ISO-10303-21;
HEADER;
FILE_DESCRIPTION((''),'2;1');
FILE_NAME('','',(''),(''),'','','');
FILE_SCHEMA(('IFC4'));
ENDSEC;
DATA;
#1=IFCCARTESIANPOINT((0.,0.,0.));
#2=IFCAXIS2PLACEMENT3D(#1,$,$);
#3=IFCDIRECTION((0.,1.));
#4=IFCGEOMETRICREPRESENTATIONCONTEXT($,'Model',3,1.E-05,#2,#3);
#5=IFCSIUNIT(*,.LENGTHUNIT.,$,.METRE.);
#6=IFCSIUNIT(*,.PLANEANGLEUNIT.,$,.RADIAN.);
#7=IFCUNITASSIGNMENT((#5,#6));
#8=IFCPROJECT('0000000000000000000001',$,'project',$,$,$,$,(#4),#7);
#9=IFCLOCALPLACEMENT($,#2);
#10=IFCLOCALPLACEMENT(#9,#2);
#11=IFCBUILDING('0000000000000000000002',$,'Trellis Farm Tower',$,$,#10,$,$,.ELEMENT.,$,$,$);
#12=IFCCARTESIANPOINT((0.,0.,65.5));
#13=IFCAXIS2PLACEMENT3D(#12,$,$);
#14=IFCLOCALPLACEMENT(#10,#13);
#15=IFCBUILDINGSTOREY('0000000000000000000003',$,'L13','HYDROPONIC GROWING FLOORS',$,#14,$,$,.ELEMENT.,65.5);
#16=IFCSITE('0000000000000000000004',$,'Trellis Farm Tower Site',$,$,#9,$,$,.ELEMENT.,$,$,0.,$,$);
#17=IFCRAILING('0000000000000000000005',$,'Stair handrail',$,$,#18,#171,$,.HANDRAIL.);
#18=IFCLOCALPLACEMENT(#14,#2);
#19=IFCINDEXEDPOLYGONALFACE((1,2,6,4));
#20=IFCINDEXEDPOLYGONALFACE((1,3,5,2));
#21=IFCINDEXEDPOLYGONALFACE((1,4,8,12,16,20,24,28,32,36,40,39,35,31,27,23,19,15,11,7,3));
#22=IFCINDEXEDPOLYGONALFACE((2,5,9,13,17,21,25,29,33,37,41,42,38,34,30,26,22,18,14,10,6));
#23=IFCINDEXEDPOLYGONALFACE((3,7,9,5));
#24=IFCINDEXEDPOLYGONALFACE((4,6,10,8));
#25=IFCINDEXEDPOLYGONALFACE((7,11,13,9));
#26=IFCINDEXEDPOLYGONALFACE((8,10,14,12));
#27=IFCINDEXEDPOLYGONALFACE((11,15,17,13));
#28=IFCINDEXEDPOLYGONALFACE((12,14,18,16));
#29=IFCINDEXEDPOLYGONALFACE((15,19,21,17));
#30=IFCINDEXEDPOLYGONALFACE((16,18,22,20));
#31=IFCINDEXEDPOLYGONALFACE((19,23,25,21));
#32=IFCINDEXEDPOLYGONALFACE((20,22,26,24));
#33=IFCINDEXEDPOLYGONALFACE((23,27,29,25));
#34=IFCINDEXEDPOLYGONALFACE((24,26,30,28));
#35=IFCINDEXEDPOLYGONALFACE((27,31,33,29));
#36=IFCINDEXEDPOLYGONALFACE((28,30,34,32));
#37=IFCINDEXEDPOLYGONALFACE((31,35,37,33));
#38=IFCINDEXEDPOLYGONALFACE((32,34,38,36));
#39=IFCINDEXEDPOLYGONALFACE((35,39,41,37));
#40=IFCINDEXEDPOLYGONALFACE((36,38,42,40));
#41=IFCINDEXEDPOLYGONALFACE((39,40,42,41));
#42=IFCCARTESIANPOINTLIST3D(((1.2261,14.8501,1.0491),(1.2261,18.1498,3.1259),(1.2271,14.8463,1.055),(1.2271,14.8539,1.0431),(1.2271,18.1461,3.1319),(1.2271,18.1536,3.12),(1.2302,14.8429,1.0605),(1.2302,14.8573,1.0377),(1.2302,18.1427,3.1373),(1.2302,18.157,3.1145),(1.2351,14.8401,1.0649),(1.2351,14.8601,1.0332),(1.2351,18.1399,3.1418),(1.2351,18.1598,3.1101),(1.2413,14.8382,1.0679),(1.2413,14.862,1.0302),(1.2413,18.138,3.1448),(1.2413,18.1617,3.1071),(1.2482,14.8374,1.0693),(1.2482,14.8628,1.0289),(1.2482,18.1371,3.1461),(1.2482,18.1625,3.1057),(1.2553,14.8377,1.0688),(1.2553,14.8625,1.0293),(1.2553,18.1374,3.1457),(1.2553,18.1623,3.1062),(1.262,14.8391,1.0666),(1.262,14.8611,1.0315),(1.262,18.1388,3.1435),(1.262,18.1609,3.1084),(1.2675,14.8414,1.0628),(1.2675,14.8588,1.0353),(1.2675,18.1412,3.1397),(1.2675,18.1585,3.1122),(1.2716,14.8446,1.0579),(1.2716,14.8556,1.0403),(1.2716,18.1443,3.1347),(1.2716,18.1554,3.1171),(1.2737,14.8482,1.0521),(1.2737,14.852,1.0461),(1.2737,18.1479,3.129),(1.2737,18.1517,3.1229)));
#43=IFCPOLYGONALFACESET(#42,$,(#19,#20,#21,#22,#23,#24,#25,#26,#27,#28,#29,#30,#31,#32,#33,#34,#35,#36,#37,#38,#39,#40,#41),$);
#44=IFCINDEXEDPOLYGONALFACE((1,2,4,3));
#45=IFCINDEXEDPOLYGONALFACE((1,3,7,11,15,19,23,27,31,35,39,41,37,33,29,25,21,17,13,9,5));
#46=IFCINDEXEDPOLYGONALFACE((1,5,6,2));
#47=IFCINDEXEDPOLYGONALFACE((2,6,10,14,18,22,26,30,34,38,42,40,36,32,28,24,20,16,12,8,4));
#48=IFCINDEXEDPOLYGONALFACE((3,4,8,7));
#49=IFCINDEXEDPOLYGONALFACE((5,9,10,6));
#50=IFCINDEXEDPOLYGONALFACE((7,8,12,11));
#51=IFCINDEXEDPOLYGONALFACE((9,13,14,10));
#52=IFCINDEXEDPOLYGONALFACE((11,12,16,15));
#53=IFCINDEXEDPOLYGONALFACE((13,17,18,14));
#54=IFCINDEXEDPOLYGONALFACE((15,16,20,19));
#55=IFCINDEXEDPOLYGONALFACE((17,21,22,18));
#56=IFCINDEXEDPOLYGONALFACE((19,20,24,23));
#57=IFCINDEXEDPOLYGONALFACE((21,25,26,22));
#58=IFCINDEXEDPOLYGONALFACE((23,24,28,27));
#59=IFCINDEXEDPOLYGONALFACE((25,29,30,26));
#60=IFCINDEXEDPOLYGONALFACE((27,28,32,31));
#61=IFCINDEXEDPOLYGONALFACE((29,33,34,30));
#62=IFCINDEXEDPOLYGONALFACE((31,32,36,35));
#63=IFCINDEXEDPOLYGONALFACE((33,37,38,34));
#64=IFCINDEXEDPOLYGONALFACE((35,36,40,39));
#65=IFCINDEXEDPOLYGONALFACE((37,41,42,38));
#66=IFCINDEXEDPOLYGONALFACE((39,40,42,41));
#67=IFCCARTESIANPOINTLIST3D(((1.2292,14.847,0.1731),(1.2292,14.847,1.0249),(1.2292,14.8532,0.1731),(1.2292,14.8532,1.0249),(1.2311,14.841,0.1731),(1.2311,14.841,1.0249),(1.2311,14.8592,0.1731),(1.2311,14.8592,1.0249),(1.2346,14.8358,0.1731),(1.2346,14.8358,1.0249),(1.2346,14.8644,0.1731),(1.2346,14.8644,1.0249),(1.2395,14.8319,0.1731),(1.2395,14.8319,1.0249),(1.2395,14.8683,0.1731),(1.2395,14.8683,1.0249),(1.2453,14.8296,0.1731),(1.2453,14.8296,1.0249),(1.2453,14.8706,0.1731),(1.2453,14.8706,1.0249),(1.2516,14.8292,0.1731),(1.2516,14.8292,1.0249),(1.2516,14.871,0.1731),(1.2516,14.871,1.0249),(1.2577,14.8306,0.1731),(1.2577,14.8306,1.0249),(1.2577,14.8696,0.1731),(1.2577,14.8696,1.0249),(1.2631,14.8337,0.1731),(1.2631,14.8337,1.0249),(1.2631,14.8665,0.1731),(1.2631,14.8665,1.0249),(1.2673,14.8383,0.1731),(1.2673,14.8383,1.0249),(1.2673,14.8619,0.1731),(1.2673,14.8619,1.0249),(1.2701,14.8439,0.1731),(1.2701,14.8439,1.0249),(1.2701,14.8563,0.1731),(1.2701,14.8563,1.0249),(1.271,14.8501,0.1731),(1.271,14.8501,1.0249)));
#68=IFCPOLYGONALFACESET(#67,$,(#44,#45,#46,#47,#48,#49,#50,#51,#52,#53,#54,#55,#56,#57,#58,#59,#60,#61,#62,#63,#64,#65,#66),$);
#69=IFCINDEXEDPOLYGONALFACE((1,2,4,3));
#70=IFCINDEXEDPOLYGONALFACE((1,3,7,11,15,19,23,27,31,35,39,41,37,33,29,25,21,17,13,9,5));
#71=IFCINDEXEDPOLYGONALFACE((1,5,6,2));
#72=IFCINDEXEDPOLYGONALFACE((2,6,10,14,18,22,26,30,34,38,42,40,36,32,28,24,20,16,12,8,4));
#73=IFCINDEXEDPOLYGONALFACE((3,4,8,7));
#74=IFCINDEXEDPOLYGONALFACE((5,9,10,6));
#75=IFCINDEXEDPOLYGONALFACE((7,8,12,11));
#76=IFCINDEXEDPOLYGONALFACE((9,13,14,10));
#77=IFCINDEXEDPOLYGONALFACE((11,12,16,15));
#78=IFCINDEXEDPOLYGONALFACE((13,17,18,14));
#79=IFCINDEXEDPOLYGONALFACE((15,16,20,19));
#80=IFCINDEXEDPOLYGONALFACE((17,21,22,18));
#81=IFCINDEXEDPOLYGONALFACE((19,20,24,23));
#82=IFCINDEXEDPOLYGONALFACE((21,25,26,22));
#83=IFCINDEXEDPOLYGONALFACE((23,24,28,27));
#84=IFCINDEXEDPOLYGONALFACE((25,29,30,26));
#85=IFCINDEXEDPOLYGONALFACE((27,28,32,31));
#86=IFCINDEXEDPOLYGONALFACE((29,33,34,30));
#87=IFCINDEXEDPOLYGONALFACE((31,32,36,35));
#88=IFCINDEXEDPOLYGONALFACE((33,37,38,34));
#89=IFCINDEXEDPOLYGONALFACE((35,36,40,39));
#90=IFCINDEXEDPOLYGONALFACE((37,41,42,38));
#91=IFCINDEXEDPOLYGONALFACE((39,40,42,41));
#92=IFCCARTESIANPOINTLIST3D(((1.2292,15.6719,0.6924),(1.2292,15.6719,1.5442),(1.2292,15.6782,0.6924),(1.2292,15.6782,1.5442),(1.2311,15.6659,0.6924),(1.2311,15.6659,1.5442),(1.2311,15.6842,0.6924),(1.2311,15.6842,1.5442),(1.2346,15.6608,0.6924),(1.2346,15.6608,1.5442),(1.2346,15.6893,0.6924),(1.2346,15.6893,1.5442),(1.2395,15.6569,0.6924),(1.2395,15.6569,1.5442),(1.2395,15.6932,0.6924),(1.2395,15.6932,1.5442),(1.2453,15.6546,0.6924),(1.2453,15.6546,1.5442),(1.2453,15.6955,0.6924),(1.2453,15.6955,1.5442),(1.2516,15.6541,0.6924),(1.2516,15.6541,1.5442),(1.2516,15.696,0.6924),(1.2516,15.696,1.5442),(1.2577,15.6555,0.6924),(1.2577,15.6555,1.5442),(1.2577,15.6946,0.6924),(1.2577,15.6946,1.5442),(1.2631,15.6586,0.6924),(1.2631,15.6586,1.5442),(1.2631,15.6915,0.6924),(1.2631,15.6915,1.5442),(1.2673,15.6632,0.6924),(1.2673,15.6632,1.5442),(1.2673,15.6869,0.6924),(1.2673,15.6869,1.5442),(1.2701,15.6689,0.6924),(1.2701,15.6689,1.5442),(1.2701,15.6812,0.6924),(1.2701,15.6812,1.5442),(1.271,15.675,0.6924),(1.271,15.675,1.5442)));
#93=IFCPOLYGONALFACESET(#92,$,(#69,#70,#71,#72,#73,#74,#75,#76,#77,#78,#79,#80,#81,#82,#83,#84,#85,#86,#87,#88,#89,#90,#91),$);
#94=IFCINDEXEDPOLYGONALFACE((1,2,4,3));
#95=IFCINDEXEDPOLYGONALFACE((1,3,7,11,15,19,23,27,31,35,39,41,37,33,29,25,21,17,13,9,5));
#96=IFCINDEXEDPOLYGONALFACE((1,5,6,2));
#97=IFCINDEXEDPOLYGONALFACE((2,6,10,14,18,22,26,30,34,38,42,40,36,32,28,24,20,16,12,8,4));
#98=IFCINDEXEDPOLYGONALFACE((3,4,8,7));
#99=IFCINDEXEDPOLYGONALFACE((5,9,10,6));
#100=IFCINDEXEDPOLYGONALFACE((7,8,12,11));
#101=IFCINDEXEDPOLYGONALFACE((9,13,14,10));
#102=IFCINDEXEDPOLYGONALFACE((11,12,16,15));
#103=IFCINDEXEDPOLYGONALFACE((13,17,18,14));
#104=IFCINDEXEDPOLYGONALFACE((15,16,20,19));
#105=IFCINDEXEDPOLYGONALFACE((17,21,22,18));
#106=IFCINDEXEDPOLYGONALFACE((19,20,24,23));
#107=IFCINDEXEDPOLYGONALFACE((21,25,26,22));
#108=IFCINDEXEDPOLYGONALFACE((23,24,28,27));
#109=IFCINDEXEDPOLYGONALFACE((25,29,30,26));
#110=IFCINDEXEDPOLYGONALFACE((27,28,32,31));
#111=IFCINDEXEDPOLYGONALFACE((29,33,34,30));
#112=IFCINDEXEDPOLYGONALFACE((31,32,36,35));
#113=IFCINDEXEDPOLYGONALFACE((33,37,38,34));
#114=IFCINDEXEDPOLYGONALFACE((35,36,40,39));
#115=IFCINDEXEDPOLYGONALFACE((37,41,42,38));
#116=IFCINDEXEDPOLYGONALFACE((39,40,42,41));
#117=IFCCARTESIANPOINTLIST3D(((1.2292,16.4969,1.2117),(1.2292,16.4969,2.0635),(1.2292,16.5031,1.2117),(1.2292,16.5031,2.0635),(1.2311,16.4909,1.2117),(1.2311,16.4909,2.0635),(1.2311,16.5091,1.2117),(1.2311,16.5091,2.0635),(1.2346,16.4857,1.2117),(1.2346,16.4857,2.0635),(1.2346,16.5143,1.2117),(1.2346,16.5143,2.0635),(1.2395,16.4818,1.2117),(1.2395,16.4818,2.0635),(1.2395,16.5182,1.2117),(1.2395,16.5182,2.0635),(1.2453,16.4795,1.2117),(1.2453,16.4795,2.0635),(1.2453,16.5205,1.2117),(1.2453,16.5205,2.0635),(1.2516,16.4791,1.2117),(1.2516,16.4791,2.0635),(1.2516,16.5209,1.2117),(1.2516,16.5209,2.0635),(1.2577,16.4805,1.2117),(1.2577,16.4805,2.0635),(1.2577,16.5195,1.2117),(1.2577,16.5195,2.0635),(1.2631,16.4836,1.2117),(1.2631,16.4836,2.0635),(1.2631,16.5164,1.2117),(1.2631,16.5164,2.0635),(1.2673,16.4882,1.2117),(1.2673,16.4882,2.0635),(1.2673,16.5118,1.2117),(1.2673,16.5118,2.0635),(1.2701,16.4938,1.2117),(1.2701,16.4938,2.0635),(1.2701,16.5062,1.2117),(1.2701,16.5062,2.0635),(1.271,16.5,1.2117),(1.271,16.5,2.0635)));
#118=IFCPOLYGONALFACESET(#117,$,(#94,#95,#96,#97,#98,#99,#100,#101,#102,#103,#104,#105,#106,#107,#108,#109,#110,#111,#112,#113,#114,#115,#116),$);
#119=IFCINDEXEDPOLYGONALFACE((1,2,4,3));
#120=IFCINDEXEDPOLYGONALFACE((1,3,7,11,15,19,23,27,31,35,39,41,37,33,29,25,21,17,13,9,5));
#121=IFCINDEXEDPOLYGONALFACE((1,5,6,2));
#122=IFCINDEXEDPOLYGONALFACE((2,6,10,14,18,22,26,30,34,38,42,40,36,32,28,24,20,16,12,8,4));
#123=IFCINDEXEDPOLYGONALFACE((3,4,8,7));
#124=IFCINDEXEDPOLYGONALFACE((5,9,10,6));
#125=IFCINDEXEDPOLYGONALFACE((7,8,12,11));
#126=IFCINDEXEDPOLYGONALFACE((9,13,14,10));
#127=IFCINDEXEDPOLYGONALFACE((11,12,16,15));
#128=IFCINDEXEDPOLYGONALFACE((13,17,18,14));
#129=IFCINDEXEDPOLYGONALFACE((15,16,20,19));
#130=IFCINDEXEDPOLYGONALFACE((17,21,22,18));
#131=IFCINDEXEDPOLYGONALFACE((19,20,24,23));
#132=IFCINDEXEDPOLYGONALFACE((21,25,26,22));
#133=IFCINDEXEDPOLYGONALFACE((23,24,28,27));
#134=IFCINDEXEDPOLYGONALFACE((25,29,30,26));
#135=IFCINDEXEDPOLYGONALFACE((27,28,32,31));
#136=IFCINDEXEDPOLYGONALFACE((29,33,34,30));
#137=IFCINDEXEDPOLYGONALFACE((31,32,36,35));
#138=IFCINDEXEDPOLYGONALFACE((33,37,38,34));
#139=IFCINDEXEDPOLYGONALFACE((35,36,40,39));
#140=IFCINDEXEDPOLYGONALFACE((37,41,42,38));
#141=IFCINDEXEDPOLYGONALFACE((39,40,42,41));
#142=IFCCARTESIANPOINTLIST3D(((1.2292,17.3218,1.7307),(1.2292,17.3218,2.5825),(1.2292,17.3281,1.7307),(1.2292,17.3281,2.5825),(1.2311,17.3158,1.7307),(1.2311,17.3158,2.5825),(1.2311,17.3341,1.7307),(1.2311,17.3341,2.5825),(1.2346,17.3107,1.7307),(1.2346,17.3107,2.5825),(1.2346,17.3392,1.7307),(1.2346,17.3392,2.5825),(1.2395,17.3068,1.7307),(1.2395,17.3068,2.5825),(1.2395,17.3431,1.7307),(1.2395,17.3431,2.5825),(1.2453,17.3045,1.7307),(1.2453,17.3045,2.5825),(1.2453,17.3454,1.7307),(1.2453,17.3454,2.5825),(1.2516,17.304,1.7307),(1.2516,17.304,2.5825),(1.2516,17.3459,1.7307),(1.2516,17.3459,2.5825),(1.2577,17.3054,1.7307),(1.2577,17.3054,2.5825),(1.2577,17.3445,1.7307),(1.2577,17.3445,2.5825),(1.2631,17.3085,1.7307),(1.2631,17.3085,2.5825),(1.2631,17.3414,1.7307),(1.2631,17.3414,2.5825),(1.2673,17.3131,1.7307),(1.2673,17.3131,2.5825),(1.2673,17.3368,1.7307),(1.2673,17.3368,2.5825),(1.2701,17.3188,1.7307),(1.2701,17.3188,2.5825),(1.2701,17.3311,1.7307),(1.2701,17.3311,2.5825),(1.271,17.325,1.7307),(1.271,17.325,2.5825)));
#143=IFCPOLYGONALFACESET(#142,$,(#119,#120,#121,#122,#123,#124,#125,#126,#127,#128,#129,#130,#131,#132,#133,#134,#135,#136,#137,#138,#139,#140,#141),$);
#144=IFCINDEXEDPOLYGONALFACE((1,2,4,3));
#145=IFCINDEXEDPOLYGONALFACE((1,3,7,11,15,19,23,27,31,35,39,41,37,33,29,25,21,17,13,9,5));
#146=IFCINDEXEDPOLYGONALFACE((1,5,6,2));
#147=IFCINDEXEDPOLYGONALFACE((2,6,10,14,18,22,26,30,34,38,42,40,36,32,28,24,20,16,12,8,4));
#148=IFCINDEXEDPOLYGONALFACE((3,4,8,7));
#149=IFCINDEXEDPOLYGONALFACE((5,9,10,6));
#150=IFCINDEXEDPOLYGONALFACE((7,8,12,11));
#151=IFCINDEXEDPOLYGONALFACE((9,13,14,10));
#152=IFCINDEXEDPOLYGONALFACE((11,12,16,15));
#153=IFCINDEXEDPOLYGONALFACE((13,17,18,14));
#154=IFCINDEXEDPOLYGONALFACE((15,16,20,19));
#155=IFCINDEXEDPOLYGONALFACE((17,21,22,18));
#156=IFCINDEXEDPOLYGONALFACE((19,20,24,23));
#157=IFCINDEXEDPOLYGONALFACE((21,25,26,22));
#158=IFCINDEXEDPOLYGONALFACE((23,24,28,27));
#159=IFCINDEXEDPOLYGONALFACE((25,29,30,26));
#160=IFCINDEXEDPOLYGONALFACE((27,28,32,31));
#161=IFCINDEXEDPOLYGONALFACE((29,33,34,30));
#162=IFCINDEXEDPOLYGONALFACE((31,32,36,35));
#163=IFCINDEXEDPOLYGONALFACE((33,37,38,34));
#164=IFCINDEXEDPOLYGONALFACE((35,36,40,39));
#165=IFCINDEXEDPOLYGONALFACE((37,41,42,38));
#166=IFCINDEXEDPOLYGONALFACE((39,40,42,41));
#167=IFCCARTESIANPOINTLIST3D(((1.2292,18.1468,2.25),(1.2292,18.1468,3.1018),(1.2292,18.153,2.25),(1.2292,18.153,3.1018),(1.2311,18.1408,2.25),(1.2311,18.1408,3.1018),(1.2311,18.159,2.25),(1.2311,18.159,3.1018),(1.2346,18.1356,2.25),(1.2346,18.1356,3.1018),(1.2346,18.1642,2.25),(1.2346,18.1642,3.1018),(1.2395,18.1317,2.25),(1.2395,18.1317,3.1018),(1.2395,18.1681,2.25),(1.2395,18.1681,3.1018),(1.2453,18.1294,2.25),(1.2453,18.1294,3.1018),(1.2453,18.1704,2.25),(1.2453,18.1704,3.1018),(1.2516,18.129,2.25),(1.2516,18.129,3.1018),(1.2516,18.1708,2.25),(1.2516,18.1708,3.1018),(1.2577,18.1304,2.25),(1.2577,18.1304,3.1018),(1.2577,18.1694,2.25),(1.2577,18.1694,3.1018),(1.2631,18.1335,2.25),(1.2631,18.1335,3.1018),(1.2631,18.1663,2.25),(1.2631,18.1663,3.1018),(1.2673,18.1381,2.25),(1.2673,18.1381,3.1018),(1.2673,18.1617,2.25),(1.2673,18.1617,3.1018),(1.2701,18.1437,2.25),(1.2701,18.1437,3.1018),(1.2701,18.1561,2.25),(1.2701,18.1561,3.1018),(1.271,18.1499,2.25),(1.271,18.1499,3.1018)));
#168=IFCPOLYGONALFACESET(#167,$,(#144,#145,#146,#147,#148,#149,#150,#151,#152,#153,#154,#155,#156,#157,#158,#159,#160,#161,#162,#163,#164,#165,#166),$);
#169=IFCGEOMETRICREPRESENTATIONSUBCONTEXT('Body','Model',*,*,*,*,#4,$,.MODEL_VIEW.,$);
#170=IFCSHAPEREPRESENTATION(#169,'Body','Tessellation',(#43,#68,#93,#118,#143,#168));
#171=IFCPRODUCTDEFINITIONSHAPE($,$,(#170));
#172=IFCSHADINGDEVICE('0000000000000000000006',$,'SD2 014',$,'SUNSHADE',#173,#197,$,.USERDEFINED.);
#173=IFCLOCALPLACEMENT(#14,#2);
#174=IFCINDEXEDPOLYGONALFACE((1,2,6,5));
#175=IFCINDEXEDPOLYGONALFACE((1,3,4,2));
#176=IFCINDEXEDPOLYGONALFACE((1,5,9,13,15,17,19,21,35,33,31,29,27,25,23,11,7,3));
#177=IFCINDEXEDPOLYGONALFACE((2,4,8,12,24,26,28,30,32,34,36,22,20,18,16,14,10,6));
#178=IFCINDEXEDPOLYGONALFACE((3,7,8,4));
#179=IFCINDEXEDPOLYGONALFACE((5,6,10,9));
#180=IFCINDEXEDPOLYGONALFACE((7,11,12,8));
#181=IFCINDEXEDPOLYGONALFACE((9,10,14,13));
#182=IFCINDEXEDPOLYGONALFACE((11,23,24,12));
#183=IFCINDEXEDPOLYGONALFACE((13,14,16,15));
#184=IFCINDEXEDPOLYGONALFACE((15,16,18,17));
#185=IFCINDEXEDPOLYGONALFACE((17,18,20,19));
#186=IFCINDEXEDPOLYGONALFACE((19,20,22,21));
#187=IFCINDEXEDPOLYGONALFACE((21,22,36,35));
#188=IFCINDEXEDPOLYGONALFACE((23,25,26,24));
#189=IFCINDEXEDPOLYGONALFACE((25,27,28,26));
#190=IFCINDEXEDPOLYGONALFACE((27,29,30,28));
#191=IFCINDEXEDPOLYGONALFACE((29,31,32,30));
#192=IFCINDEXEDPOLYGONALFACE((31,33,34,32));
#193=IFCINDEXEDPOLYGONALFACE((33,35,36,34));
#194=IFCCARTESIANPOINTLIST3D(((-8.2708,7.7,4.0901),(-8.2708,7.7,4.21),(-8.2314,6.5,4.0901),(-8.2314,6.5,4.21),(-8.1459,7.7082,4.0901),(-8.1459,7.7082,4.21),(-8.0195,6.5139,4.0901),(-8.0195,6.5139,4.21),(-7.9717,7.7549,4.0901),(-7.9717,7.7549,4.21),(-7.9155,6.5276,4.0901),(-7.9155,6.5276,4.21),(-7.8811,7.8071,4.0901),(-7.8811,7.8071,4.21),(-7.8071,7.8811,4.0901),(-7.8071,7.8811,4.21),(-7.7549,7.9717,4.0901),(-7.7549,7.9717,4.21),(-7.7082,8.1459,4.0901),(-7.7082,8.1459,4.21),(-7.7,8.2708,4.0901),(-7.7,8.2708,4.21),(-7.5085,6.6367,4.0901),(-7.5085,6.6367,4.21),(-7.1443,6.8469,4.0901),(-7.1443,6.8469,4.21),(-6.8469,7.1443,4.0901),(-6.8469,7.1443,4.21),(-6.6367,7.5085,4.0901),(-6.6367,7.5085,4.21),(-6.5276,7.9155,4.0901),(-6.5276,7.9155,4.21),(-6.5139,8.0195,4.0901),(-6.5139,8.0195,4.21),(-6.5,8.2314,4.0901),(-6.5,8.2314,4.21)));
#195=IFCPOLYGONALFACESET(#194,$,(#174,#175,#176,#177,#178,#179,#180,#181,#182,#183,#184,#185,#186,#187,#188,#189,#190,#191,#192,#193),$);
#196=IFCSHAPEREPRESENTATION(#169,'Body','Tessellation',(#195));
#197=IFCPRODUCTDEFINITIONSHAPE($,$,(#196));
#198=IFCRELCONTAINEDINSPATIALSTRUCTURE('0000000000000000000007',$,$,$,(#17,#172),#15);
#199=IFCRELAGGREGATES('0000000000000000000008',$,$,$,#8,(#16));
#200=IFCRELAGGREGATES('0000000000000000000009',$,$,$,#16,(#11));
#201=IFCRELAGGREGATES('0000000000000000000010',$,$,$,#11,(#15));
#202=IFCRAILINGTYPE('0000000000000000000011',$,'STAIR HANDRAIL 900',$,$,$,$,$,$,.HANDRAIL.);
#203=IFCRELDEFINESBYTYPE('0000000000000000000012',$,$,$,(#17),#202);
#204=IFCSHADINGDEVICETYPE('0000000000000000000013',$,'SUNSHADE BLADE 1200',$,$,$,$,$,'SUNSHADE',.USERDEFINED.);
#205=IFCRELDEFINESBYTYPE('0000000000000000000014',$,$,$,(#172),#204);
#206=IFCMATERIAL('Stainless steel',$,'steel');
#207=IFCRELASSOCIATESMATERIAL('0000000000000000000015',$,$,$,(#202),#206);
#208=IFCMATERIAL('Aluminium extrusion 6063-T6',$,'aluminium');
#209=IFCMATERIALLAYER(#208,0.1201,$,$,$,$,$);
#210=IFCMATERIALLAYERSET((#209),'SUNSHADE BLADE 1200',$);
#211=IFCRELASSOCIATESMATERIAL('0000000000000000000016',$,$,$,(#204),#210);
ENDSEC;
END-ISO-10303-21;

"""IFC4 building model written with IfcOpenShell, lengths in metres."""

from ifc_helpers import new_model, si_unit, direction, frame, origin, origin_2d, place, context, subcontext, project, spatial, polyline, circle, outline, extrude, source, transform, mapped, material, layer, layer_set, type_object, element, save


model = new_model("IFC4")

# Units and contexts
model_context = context("Model", 3, precision=1e-05, world=origin(), true_north=direction((0.0, 1.0)))
body_context = subcontext(model_context, "Body", "Model", "MODEL_VIEW")
ifc_project = project(units=[si_unit("LENGTHUNIT", "METRE"), si_unit("PLANEANGLEUNIT", "RADIAN")], contexts=[model_context])

# Site, building, storey
site_placement = place(None, origin())
site = spatial("IfcSite", under=ifc_project, at=site_placement, Name="Trellis Farm Tower Site", CompositionType="ELEMENT", RefElevation=0.0)
building_placement = place(site_placement, origin())
building = spatial("IfcBuilding", under=site, at=building_placement, Name="Trellis Farm Tower", CompositionType="ELEMENT")
storey_placement = place(building_placement, frame((0.0, 0.0, 65.5)))
storey = spatial("IfcBuildingStorey", under=building, at=storey_placement, Name="L13", Description="HYDROPONIC GROWING FLOORS", CompositionType="ELEMENT", Elevation=65.5)

# Shared definitions
ifc_material_1 = material(Name="Aluminium extrusion 6063-T6", Category="aluminium")

# Railing
ifc_material_2 = material(Name="Stainless steel", Category="steel")
railing_type = type_object("IfcRailingType", Name="STAIR HANDRAIL 900", PredefinedType="HANDRAIL", material=ifc_material_2)
shared_shape_1 = source(origin(), body_context, "Body", "SweptSolid", [
    extrude(circle(Radius=0.0239, at=origin_2d()), frame((0.0, 0.0, 0.876), z_axis=(0.0, 0.84632, 0.532675), x_axis=(-1.0, 0.0, 0.0)), (0.0, 0.0, 1.0), 3.8989),
    extrude(circle(Radius=0.021, at=origin_2d()), origin(), (0.0, 0.0, 1.0), 0.8518),
    extrude(circle(Radius=0.021, at=origin_2d()), frame((0.0, 0.825, 0.5193)), (0.0, 0.0, 1.0), 0.8518),
    extrude(circle(Radius=0.021, at=origin_2d()), frame((0.0, 1.6499, 1.0386)), (0.0, 0.0, 1.0), 0.8518),
    extrude(circle(Radius=0.021, at=origin_2d()), frame((0.0, 2.4749, 1.5576)), (0.0, 0.0, 1.0), 0.8518),
    extrude(circle(Radius=0.021, at=origin_2d()), frame((0.0, 3.2998, 2.0769)), (0.0, 0.0, 1.0), 0.8518),
])
railing_placement = place(storey_placement, frame((1.25, 14.8501, 0.1731)))
element("IfcRailing", 1, at=railing_placement, inside=storey, type_object=railing_type, Name="Stair handrail", PredefinedType="HANDRAIL", context=body_context, shape_type="MappedRepresentation", body=[
    mapped(shared_shape_1, transform((0.0, 0.0, 0.0))),
])

# Shading device
ifc_layer_1 = layer(ifc_material_1, 0.1201)
ifc_layer_set_1 = layer_set([ifc_layer_1], Name="SUNSHADE BLADE 1200")
shading_device_type_1 = type_object("IfcShadingDeviceType", Name="SUNSHADE BLADE 1200", ElementType="SUNSHADE", PredefinedType="USERDEFINED", material=ifc_layer_set_1)
shared_shape_2 = source(origin(), body_context, "Body", "SweptSolid", [
    extrude(outline(polyline([(-7.7, 8.2708), (-7.7087, 8.1372), (-7.707, 8.1501), (-7.7549, 7.9717), (-7.8071, 7.8811), (-7.8811, 7.8071), (-7.9717, 7.7549), (-8.1501, 7.707), (-8.1372, 7.7087), (-8.2708, 7.7), (-8.2314, 6.5), (-8.0195, 6.5139), (-7.9155, 6.5276), (-7.5085, 6.6367), (-7.1443, 6.8469), (-6.8469, 7.1443), (-6.6367, 7.5085), (-6.5276, 7.9155), (-6.5139, 8.0195), (-6.5, 8.2314), (-7.7, 8.2708)])), origin(), (0.0, 0.0, 1.0), 0.1199),
])
placement_1 = place(storey_placement, frame((0.0, 0.0, 4.0901)))
element("IfcShadingDevice", 2, at=placement_1, inside=storey, type_object=shading_device_type_1, Name="SD2 014", ObjectType="SUNSHADE", PredefinedType="USERDEFINED", context=body_context, shape_type="MappedRepresentation", body=[
    mapped(shared_shape_2, transform((0.0, 0.0, 0.0))),
])

save(model, "model.ifc")
